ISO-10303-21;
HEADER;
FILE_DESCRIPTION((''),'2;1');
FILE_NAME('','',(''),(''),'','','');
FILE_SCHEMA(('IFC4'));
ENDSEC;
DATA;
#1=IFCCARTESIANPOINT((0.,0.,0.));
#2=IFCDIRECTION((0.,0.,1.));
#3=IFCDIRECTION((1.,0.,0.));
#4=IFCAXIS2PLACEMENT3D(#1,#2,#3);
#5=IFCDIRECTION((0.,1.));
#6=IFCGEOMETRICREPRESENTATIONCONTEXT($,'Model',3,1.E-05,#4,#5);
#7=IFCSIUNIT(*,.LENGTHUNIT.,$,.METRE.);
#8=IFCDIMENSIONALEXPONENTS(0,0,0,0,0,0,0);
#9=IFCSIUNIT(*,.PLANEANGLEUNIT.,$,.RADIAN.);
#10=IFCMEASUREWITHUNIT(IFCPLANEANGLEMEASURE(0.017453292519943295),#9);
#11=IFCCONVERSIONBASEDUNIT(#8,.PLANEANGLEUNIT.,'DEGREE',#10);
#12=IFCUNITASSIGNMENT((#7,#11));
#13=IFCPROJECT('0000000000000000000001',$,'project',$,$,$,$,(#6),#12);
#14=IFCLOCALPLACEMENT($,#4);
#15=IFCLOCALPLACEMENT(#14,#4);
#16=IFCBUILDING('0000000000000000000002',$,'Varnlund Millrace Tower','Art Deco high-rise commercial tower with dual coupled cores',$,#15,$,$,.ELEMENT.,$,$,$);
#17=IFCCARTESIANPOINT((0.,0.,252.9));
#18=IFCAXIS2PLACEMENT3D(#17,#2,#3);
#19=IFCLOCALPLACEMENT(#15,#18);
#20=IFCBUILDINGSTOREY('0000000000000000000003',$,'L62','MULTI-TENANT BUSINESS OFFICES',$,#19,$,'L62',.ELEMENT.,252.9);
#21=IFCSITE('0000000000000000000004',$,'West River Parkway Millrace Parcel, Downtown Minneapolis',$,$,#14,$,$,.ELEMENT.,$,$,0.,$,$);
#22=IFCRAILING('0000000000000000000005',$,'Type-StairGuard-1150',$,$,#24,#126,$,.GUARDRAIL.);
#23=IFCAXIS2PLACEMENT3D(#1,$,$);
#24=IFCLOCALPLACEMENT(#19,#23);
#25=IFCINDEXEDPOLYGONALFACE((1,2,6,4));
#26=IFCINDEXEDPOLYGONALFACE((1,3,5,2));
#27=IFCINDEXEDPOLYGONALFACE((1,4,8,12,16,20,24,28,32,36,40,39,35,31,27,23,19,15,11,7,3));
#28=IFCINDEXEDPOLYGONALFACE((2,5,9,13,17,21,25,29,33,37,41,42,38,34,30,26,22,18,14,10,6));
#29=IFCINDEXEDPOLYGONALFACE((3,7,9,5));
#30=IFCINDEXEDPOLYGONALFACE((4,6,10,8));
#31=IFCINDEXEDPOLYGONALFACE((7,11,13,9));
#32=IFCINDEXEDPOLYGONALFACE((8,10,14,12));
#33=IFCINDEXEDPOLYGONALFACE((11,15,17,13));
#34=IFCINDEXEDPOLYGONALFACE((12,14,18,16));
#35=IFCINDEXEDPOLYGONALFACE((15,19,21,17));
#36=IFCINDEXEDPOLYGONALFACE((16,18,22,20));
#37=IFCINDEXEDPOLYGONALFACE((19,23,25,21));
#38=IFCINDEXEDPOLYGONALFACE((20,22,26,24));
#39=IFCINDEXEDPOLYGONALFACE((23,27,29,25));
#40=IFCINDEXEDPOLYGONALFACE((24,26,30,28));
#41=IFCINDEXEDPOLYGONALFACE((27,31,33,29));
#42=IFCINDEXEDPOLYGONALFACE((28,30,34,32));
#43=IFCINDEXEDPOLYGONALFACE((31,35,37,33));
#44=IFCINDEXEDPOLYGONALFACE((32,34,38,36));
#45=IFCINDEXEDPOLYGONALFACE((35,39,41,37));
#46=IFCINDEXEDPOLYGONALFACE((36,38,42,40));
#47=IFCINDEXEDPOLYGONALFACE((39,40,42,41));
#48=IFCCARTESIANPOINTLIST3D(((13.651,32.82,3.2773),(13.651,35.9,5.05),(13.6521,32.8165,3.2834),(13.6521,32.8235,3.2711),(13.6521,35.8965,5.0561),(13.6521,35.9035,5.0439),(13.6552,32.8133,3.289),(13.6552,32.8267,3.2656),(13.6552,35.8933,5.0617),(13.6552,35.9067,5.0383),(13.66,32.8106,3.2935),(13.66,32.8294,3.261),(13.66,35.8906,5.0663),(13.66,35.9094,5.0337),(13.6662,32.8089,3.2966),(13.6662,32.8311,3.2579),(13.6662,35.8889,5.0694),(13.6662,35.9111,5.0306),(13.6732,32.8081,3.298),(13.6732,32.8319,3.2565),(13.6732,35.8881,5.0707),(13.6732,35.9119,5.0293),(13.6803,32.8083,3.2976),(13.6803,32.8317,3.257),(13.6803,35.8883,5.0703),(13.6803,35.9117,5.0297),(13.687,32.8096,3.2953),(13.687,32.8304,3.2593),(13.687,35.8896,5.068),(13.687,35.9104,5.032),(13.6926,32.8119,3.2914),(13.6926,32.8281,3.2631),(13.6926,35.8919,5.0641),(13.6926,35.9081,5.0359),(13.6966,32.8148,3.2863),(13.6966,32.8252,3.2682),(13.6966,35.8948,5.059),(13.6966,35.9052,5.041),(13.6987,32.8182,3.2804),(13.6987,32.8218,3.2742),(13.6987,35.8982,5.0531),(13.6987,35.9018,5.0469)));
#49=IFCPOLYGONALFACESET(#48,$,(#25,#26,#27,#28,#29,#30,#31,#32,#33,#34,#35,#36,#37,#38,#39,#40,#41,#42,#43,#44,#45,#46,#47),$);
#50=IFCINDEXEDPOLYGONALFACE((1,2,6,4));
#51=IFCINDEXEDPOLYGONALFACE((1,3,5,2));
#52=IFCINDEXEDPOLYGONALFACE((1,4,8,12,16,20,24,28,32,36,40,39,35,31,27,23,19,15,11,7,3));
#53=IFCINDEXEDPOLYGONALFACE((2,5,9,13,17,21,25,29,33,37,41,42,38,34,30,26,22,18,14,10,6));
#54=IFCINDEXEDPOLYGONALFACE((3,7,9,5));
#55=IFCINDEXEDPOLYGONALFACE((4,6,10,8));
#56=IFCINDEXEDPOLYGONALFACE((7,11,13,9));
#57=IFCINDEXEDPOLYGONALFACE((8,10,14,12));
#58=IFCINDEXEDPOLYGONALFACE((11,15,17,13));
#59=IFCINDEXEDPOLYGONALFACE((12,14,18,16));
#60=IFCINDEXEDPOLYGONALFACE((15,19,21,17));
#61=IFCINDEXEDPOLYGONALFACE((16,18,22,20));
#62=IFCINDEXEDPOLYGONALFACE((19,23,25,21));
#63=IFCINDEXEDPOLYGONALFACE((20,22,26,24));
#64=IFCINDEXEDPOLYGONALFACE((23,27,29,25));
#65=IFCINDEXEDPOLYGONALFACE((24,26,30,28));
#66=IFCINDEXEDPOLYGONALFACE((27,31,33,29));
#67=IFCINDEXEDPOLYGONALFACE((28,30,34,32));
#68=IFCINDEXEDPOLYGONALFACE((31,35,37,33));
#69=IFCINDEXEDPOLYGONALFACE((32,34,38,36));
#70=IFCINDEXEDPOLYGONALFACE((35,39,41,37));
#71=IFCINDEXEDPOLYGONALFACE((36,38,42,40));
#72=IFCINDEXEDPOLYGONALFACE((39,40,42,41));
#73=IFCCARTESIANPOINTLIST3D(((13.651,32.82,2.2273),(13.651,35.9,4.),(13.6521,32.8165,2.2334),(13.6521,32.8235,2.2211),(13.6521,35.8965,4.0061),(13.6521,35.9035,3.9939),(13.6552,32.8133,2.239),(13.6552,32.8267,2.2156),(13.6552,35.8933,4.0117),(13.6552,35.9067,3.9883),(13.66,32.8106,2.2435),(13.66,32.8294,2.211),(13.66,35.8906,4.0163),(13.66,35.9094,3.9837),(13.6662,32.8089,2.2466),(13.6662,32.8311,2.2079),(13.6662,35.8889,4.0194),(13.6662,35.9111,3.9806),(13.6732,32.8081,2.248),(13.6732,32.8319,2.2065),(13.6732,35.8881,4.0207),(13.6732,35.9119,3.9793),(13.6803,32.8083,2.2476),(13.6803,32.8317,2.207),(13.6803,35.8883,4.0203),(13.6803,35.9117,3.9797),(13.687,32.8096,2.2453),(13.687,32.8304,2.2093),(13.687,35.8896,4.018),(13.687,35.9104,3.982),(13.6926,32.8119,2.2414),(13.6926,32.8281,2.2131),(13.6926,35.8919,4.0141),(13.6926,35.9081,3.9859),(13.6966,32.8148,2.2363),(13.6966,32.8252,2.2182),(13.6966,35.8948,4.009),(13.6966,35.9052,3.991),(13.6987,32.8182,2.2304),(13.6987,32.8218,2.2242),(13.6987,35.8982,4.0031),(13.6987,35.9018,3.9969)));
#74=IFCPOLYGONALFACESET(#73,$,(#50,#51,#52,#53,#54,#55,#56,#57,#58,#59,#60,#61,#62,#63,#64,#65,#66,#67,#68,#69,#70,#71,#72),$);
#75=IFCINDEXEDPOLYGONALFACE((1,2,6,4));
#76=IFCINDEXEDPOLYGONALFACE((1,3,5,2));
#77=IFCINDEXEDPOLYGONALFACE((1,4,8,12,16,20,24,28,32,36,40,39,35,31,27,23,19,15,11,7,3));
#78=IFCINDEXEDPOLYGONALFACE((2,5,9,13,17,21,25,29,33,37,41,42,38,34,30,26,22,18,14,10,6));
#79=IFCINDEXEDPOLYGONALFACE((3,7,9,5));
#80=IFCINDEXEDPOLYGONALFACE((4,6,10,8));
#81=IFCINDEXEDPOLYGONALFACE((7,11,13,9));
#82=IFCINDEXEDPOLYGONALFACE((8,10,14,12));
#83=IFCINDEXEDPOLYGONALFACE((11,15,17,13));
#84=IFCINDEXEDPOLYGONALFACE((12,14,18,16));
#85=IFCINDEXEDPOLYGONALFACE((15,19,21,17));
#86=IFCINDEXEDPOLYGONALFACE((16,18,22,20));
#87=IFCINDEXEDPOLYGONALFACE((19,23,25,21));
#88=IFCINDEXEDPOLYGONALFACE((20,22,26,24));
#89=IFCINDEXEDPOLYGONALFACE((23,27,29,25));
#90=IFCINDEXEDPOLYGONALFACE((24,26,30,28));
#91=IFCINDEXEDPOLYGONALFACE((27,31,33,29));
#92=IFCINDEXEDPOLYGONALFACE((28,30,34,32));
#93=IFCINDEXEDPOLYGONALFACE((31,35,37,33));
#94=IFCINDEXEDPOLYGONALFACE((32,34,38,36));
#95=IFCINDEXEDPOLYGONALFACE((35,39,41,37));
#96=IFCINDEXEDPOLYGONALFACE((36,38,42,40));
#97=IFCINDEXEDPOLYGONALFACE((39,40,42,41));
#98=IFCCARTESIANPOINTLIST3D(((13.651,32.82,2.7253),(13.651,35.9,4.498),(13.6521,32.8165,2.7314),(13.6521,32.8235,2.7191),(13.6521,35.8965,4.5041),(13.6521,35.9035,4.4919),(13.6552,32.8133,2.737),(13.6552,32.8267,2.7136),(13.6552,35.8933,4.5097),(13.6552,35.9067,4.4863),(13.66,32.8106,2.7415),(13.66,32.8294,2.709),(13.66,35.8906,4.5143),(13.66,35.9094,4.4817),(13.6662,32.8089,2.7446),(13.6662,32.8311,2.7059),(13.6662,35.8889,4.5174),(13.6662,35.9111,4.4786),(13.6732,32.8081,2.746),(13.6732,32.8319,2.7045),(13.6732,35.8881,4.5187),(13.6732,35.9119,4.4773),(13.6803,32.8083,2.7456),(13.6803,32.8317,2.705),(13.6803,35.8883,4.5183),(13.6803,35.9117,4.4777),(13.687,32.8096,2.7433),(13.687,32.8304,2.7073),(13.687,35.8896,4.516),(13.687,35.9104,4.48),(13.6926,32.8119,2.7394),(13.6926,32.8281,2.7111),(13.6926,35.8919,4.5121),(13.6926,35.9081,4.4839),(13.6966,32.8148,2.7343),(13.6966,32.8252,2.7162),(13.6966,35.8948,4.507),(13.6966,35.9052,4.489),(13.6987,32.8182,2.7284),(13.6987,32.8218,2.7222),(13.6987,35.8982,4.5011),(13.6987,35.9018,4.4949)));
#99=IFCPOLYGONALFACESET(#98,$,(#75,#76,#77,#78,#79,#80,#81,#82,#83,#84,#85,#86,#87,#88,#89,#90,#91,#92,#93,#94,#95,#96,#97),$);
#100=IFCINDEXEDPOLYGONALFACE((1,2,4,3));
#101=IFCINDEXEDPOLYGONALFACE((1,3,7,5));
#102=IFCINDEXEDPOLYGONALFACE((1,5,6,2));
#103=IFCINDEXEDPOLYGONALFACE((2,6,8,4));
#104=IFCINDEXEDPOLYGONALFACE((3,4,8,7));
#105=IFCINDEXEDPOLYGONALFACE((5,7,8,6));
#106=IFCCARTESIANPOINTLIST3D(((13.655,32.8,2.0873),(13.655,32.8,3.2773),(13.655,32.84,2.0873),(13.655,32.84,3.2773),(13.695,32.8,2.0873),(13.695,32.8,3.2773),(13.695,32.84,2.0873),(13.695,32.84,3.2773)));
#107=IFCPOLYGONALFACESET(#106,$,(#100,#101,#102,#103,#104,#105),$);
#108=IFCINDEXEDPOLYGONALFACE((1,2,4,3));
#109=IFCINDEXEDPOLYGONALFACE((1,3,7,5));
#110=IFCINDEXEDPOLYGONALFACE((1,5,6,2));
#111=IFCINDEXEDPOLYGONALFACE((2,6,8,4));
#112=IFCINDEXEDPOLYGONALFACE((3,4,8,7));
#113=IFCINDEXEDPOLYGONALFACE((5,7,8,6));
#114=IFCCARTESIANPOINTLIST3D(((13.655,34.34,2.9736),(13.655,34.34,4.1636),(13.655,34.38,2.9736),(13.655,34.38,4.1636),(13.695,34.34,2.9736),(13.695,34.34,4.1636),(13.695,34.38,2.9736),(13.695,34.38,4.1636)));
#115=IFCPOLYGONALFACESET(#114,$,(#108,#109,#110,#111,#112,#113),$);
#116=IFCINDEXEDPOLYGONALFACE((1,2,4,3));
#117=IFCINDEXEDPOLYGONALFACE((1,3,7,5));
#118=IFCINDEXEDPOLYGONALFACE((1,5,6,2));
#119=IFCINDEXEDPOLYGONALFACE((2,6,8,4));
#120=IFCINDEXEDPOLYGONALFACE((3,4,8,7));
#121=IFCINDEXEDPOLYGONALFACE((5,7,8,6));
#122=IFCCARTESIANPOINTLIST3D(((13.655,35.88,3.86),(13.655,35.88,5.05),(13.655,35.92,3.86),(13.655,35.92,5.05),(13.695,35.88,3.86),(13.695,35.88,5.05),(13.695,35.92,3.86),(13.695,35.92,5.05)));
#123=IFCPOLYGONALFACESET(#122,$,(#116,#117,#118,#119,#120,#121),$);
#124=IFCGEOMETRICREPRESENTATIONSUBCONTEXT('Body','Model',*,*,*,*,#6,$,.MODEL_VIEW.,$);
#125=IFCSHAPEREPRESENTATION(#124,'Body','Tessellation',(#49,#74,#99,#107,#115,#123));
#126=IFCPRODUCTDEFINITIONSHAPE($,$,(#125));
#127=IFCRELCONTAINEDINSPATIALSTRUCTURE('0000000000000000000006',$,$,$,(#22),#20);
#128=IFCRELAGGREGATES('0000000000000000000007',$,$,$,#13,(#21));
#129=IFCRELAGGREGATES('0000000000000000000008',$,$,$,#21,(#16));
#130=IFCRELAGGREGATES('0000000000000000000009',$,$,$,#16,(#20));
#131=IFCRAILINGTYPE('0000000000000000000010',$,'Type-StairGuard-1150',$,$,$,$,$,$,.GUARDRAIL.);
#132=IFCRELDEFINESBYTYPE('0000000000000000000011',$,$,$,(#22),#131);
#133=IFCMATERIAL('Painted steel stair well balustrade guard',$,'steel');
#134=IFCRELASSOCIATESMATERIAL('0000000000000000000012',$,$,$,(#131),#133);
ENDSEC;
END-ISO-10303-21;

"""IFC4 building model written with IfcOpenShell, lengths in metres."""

from ifc_helpers import new_model, entity, si_unit, converted_unit, direction, frame, origin_with_axes, origin_2d_with_axis, place, context, subcontext, project, spatial, rectangle, circle, extrude, material, type_object, element, save


model = new_model("IFC4")

# Units and contexts
model_context = context("Model", 3, precision=1e-05, world=origin_with_axes(), true_north=direction((0.0, 1.0)))
body_context = subcontext(model_context, "Body", "Model", "MODEL_VIEW")
ifc_project = project(units=[si_unit("LENGTHUNIT", "METRE"), converted_unit("PLANEANGLEUNIT", "DEGREE", entity("IfcPlaneAngleMeasure", 0.017453292519943295), si_unit("PLANEANGLEUNIT", "RADIAN"), dimensions=[0, 0, 0, 0, 0, 0, 0])], contexts=[model_context])

# Site, building, storey
site_placement = place(None, origin_with_axes())
site = spatial("IfcSite", under=ifc_project, at=site_placement, Name="West River Parkway Millrace Parcel, Downtown Minneapolis", CompositionType="ELEMENT", RefElevation=0.0)
building_placement = place(site_placement, origin_with_axes())
building = spatial("IfcBuilding", under=site, at=building_placement, Name="Varnlund Millrace Tower", Description="Art Deco high-rise commercial tower with dual coupled cores", CompositionType="ELEMENT")
storey_placement = place(building_placement, frame((0.0, 0.0, 252.9), z_axis=(0.0, 0.0, 1.0), x_axis=(1.0, 0.0, 0.0)))
storey = spatial("IfcBuildingStorey", under=building, at=storey_placement, Name="L62", Description="MULTI-TENANT BUSINESS OFFICES", LongName="L62", CompositionType="ELEMENT", Elevation=252.9)

# Railing
ifc_material_1 = material(Name="Painted steel stair well balustrade guard", Category="steel")
railing_type_1 = type_object("IfcRailingType", Name="Type-StairGuard-1150", PredefinedType="GUARDRAIL", material=ifc_material_1)
railing_1_placement = place(storey_placement, frame((0.0, 0.0, -252.9), z_axis=(0.0, 0.0, 1.0), x_axis=(1.0, 0.0, 0.0)))
element("IfcRailing", 1, at=railing_1_placement, inside=storey, type_object=railing_type_1, Name="Type-StairGuard-1150", PredefinedType="GUARDRAIL", context=body_context, shape_type="SweptSolid", body=[
    extrude(circle(Radius=0.024, at=origin_2d_with_axis()), frame((13.675, 32.82, 256.1773), z_axis=(0.0, 0.866696, 0.498836), x_axis=(-1.0, 0.0, 0.0)), (0.0, 0.0, 1.0), 3.5537),
    extrude(circle(Radius=0.024, at=origin_2d_with_axis()), frame((13.675, 32.82, 255.1273), z_axis=(0.0, 0.866696, 0.498836), x_axis=(-1.0, 0.0, 0.0)), (0.0, 0.0, 1.0), 3.5537),
    extrude(circle(Radius=0.024, at=origin_2d_with_axis()), frame((13.675, 32.82, 255.6253), z_axis=(0.0, 0.866696, 0.498836), x_axis=(-1.0, 0.0, 0.0)), (0.0, 0.0, 1.0), 3.5537),
    extrude(rectangle(XDim=0.04, YDim=0.04, at=origin_2d_with_axis()), frame((13.675, 32.82, 254.9873), z_axis=(0.0, 0.0, 1.0), x_axis=(1.0, 0.0, 0.0)), (0.0, 0.0, 1.0), 1.19),
    extrude(rectangle(XDim=0.04, YDim=0.04, at=origin_2d_with_axis()), frame((13.675, 34.36, 255.8736), z_axis=(0.0, 0.0, 1.0), x_axis=(1.0, 0.0, 0.0)), (0.0, 0.0, 1.0), 1.19),
    extrude(rectangle(XDim=0.04, YDim=0.04, at=origin_2d_with_axis()), frame((13.675, 35.9, 256.76), z_axis=(0.0, 0.0, 1.0), x_axis=(1.0, 0.0, 0.0)), (0.0, 0.0, 1.0), 1.19),
])

save(model, "model.ifc")
